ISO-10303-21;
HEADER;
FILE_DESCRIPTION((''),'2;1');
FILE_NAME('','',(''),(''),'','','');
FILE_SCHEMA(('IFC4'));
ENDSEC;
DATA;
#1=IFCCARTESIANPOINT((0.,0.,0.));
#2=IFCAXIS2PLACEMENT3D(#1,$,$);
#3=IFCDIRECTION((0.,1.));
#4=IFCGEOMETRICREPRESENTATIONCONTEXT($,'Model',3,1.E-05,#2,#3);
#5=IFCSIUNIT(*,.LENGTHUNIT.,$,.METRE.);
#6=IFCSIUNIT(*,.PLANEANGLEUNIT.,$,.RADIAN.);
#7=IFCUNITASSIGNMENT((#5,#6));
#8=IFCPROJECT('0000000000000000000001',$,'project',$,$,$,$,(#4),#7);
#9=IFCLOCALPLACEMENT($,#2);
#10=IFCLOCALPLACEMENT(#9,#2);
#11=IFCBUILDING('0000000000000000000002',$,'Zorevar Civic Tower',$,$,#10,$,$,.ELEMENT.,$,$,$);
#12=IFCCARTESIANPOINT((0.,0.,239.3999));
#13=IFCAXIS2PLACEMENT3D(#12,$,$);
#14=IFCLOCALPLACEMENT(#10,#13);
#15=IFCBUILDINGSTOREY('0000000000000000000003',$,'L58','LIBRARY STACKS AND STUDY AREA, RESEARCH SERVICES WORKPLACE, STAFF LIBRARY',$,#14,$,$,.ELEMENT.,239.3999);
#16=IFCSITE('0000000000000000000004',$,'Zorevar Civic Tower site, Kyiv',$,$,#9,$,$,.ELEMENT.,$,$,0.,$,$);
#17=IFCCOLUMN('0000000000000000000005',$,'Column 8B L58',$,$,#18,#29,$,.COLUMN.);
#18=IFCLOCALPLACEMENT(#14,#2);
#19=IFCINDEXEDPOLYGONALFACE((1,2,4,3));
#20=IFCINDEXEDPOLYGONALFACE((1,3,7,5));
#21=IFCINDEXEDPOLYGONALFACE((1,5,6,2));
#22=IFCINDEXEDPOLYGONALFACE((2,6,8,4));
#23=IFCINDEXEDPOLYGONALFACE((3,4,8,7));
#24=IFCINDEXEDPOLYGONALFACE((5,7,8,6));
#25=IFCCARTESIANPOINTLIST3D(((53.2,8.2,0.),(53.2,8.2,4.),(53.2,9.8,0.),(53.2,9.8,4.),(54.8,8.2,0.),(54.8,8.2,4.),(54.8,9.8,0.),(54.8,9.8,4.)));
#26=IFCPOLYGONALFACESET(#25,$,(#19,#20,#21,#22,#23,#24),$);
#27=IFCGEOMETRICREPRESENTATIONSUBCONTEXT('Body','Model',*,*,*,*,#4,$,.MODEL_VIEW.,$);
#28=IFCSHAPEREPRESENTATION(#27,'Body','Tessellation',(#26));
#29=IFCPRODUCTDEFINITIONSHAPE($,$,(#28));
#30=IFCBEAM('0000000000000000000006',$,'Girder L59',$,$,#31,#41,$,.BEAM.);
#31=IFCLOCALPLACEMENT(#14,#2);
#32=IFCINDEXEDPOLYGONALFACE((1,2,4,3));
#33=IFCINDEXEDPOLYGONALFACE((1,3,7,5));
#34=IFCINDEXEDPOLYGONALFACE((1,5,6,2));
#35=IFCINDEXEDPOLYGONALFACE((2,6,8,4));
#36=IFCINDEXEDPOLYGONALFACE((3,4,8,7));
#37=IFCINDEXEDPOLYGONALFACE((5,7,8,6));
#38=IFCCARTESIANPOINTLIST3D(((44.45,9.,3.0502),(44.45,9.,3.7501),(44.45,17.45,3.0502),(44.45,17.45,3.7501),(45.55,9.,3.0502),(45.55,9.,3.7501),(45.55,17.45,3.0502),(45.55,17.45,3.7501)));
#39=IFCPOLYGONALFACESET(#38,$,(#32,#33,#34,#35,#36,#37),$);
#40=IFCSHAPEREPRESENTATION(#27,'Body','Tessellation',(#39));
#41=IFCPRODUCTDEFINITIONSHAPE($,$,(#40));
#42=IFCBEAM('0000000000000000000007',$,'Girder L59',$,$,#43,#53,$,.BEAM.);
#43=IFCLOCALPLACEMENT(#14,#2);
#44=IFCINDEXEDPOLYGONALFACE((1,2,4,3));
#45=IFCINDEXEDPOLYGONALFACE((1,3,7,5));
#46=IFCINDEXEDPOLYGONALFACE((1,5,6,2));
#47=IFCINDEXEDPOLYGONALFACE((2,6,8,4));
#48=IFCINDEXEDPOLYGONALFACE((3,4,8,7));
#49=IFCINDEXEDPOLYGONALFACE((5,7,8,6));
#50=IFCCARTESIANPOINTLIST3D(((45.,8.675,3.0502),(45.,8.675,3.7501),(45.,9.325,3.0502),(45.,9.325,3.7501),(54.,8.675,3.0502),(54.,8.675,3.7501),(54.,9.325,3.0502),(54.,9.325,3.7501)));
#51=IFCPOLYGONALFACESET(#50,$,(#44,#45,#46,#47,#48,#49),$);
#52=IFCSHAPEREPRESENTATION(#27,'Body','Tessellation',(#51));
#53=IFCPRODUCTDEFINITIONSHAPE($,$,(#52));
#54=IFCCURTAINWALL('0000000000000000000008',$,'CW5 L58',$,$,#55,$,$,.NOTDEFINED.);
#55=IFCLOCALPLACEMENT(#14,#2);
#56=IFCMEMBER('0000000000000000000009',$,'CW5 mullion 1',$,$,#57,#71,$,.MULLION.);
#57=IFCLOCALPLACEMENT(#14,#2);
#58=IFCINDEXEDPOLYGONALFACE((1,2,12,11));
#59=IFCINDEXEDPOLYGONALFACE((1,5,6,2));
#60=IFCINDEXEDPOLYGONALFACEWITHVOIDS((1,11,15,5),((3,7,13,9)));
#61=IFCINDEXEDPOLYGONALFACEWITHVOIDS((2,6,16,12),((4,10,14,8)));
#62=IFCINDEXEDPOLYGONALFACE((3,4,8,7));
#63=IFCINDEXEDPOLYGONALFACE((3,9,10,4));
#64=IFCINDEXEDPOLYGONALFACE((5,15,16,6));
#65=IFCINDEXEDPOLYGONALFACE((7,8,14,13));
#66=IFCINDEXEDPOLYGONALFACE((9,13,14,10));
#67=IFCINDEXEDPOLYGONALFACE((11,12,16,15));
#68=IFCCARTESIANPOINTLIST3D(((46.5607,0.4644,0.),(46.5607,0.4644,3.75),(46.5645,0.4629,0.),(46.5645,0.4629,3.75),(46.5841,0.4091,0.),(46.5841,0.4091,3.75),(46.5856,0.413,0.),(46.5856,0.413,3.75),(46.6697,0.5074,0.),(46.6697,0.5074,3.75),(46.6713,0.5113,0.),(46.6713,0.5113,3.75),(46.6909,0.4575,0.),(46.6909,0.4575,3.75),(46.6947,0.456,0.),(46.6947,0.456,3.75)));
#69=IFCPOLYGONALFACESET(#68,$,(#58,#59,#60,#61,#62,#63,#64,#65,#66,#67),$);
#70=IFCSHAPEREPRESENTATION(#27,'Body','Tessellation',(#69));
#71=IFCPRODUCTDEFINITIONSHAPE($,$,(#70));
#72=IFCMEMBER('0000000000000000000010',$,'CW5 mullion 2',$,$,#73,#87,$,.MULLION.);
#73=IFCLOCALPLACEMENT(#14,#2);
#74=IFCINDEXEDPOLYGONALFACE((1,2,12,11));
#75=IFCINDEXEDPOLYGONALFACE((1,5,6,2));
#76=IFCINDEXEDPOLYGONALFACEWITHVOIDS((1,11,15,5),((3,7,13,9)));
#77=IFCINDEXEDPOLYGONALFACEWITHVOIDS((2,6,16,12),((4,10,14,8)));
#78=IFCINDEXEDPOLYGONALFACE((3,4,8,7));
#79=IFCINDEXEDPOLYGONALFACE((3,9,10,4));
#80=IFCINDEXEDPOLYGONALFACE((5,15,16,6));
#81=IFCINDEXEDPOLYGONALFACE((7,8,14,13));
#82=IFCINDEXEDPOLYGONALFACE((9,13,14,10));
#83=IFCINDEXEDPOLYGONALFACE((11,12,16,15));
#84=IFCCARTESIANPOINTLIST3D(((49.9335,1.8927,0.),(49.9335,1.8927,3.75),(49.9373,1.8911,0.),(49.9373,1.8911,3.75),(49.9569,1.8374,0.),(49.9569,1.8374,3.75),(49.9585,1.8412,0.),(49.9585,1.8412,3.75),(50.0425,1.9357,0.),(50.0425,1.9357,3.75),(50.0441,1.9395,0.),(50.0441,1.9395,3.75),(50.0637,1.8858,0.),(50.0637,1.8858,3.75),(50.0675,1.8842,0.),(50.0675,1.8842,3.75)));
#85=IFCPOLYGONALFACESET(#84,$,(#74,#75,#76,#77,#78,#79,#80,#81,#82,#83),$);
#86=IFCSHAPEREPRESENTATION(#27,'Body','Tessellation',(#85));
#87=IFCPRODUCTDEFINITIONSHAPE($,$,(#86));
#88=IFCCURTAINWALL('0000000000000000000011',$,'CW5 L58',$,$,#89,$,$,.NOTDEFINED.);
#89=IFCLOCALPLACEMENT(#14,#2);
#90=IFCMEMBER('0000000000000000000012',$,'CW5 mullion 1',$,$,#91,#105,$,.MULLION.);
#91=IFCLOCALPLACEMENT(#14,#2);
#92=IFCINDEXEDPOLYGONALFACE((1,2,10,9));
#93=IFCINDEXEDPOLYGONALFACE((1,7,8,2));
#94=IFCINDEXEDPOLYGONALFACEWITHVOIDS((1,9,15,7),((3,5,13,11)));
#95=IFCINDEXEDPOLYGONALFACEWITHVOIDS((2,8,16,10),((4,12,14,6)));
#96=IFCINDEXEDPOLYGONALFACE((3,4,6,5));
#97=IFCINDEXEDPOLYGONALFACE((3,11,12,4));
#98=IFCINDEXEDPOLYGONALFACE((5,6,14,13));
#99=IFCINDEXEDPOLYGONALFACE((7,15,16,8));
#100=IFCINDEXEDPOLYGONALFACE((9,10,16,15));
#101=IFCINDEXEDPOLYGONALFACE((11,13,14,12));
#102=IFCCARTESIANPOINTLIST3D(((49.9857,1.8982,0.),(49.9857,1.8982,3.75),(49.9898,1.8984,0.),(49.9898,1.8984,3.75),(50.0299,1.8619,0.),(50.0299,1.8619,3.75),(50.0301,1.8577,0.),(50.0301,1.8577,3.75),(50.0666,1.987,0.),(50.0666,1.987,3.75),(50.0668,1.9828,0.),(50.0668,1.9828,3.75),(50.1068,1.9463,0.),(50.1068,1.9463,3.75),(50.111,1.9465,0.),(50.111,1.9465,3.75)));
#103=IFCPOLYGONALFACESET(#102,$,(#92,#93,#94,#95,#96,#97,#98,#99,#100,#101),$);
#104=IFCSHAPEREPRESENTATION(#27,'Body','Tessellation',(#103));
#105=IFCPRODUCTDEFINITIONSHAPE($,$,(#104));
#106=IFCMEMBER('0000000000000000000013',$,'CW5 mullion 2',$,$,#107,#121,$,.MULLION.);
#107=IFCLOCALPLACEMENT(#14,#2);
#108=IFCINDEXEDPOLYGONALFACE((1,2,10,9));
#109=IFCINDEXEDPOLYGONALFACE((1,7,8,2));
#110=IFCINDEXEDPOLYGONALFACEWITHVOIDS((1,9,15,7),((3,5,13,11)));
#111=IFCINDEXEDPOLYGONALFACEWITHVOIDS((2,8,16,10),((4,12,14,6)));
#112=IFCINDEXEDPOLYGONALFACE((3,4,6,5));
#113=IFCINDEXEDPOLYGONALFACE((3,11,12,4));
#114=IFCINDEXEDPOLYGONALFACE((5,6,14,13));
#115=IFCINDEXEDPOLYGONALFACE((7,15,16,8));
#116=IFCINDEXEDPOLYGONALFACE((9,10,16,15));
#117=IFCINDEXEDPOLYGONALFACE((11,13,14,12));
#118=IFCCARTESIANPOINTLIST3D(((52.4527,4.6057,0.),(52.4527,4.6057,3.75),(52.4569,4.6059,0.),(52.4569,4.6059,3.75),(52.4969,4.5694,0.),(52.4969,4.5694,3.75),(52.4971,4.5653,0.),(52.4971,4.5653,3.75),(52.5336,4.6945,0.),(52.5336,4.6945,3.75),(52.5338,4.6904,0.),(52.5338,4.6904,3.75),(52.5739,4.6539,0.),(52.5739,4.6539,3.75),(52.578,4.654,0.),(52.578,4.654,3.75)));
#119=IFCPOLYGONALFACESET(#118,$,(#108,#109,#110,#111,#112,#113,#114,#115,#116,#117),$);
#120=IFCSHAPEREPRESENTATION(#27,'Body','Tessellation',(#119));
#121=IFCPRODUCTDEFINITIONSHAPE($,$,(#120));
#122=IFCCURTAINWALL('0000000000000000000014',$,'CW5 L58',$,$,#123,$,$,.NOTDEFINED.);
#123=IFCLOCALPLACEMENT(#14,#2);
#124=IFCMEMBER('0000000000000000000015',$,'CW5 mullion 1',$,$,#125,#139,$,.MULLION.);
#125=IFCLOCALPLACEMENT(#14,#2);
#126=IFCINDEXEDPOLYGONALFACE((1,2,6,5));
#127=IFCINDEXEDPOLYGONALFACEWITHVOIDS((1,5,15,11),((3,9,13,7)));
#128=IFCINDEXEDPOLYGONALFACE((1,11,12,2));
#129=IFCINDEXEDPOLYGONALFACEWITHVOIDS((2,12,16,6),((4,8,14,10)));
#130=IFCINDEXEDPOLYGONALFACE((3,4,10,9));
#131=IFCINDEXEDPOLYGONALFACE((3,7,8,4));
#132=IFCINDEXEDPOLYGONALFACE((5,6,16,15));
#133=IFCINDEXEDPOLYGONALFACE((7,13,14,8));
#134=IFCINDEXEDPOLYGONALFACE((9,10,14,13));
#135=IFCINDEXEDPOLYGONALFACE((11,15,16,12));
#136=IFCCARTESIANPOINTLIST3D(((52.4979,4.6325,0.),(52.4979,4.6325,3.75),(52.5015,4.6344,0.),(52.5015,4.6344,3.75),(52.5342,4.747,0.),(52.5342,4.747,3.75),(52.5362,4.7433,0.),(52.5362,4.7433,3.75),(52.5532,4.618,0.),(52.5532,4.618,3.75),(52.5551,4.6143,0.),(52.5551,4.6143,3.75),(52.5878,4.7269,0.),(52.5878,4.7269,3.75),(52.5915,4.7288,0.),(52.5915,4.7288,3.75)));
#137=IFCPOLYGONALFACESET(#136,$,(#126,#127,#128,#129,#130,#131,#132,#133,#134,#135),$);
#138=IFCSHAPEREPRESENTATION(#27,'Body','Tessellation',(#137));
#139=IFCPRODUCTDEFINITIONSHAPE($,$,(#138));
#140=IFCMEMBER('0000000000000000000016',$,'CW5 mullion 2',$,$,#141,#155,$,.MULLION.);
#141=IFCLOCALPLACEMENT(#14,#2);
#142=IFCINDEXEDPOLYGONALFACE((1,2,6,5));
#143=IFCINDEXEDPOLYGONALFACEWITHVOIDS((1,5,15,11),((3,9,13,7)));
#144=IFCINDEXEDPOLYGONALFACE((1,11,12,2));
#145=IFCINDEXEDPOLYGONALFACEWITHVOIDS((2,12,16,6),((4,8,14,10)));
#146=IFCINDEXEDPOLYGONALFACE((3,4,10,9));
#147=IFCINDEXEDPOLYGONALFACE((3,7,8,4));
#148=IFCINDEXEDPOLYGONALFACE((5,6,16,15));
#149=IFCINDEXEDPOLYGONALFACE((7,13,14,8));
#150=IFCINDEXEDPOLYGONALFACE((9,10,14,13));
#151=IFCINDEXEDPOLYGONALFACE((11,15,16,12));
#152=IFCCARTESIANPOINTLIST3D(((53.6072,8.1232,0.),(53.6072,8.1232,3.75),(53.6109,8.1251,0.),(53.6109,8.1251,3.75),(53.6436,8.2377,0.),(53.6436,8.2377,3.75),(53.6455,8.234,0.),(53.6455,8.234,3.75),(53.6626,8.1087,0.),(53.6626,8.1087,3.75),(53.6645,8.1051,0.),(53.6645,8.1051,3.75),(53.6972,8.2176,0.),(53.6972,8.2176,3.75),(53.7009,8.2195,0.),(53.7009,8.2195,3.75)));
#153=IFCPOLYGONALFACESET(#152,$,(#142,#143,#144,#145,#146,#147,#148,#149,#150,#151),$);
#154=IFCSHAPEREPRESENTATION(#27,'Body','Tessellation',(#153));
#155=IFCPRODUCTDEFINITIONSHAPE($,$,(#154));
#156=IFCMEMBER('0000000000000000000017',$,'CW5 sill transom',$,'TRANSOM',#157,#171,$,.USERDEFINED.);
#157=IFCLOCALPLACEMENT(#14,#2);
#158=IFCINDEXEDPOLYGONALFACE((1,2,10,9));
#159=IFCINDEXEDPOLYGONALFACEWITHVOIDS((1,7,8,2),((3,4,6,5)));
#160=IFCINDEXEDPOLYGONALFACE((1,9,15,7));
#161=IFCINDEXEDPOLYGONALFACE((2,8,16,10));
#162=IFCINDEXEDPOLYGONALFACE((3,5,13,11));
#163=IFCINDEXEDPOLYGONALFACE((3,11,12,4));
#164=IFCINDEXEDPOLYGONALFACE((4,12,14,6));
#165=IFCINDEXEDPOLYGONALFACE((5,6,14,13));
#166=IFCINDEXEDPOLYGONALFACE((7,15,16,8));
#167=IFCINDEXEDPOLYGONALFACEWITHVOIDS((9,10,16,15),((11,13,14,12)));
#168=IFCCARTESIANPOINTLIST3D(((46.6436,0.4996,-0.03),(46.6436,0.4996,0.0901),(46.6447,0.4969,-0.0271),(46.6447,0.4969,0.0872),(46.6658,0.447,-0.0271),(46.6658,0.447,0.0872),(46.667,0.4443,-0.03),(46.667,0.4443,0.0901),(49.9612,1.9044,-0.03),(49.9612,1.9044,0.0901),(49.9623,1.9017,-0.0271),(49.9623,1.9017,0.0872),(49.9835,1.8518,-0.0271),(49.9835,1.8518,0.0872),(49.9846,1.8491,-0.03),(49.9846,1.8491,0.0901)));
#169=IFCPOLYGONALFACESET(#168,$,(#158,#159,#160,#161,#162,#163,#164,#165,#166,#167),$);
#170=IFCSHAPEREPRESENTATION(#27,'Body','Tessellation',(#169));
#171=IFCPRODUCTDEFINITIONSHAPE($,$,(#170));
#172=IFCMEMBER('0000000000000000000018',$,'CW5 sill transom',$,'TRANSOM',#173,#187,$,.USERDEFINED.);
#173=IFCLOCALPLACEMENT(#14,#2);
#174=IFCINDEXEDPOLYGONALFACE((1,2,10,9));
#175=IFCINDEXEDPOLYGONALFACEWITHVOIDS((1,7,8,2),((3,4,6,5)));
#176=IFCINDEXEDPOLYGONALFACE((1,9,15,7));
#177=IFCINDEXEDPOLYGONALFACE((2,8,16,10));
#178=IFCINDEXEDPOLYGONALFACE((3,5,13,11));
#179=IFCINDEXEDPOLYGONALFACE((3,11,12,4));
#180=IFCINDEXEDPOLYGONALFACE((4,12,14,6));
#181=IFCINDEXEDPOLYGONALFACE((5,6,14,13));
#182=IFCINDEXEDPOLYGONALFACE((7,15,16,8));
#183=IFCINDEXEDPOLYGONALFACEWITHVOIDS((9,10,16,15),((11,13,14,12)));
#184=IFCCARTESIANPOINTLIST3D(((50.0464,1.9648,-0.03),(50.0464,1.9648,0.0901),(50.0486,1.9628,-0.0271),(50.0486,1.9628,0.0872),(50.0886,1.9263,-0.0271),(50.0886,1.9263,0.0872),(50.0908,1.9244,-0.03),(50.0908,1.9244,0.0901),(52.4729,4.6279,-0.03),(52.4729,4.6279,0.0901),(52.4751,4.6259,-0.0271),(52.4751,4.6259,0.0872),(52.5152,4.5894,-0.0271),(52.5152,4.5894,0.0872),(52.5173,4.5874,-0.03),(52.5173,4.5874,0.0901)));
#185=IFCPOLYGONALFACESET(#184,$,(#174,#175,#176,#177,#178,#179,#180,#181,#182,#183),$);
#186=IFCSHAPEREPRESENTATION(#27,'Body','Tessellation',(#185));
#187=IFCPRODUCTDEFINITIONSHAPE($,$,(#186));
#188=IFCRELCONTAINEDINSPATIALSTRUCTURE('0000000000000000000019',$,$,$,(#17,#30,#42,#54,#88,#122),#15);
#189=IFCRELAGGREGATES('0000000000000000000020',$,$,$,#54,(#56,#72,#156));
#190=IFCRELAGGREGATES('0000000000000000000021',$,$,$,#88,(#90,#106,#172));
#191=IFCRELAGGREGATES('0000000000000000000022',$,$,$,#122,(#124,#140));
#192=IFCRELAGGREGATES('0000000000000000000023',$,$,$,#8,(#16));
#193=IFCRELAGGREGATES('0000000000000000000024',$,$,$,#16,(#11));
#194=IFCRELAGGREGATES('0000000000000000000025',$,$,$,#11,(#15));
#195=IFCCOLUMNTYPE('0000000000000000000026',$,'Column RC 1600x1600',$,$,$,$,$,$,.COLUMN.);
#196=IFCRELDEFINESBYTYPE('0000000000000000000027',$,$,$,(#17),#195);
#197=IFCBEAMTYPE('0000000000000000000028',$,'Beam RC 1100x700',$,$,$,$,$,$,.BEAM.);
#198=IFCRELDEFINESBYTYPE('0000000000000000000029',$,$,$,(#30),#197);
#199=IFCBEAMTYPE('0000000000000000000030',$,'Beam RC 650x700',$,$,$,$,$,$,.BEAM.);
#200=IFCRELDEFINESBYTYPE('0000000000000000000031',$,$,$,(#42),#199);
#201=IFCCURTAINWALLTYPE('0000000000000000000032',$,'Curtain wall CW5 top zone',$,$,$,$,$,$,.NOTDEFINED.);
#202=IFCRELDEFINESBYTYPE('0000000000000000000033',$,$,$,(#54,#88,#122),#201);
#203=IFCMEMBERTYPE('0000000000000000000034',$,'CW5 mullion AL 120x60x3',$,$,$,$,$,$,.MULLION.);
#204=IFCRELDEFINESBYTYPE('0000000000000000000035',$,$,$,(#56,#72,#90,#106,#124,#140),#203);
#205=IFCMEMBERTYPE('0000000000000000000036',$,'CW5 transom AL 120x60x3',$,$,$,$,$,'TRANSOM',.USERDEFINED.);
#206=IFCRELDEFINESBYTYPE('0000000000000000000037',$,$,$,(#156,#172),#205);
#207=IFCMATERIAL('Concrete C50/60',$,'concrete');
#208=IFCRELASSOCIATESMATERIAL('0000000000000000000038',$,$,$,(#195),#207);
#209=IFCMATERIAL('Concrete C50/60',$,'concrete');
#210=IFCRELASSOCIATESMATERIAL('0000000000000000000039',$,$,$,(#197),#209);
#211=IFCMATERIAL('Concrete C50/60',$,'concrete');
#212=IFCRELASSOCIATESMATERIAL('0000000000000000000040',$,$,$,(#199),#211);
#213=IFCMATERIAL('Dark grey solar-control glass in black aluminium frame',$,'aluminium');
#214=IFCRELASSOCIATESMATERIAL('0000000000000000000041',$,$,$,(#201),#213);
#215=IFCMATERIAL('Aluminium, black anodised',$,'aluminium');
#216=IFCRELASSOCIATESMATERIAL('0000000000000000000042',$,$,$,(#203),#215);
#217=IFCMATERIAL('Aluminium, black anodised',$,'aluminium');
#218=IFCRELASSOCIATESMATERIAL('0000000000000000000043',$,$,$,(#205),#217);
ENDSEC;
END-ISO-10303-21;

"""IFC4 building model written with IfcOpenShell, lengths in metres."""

from ifc_helpers import new_model, si_unit, direction, frame, origin, origin_2d, place, context, subcontext, project, spatial, rectangle, hollow_rectangle, extrude, material, material_profile, profile_set, type_object, element, aggregate, save


model = new_model("IFC4")

# Units and contexts
model_context = context("Model", 3, precision=1e-05, world=origin(), true_north=direction((0.0, 1.0)))
body_context = subcontext(model_context, "Body", "Model", "MODEL_VIEW")
ifc_project = project(units=[si_unit("LENGTHUNIT", "METRE"), si_unit("PLANEANGLEUNIT", "RADIAN")], contexts=[model_context])

# Site, building, storey
site_placement = place(None, origin())
site = spatial("IfcSite", under=ifc_project, at=site_placement, Name="Zorevar Civic Tower site, Kyiv", CompositionType="ELEMENT", RefElevation=0.0)
building_placement = place(site_placement, origin())
building = spatial("IfcBuilding", under=site, at=building_placement, Name="Zorevar Civic Tower", CompositionType="ELEMENT")
storey_placement = place(building_placement, frame((0.0, 0.0, 239.3999)))
storey = spatial("IfcBuildingStorey", under=building, at=storey_placement, Name="L58", Description="LIBRARY STACKS AND STUDY AREA, RESEARCH SERVICES WORKPLACE, STAFF LIBRARY", CompositionType="ELEMENT", Elevation=239.3999)

# Column
ifc_material_1 = material(Name="Concrete C50/60", Category="concrete")
ifc_material_profile_1 = material_profile(ifc_material_1, rectangle(XDim=1.6001, YDim=1.6001, at=origin_2d()), Name="RC 1600x1600")
ifc_profile_set_1 = profile_set([ifc_material_profile_1], Name="Concrete C50/60")
column_type = type_object("IfcColumnType", Name="Column RC 1600x1600", PredefinedType="COLUMN", material=ifc_profile_set_1)
column_placement = place(storey_placement, frame((54.0, 9.0, 0.0), z_axis=(0.0, 0.0, 1.0), x_axis=(1.0, 0.0, 0.0)))
element("IfcColumn", 1, at=column_placement, inside=storey, type_object=column_type, Name="Column 8B L58", PredefinedType="COLUMN", context=body_context, shape_type="SweptSolid", body=[
    extrude(rectangle(XDim=1.6001, YDim=1.6001, at=origin_2d()), origin(), (0.0, 0.0, 1.0), 4.0),
])

# Beams
ifc_material_2 = material(Name="Concrete C50/60", Category="concrete")
ifc_material_profile_2 = material_profile(ifc_material_2, rectangle(XDim=1.1001, YDim=0.7, at=origin_2d()), Name="RC 1100x700")
ifc_profile_set_2 = profile_set([ifc_material_profile_2], Name="Concrete C50/60")
beam_type_1 = type_object("IfcBeamType", Name="Beam RC 1100x700", PredefinedType="BEAM", material=ifc_profile_set_2)
beam_1_placement = place(storey_placement, frame((45.0, 9.0, 3.4001), z_axis=(0.0, 1.0, 0.0), x_axis=(-1.0, 0.0, 0.0)))
element("IfcBeam", 2, at=beam_1_placement, inside=storey, type_object=beam_type_1, Name="Girder L59", PredefinedType="BEAM", context=body_context, shape_type="SweptSolid", body=[
    extrude(rectangle(XDim=1.1001, YDim=0.7, at=origin_2d()), origin(), (0.0, 0.0, 1.0), 8.45),
])
ifc_material_3 = material(Name="Concrete C50/60", Category="concrete")
ifc_material_profile_3 = material_profile(ifc_material_3, rectangle(XDim=0.6499, YDim=0.7, at=origin_2d()), Name="RC 650x700")
ifc_profile_set_3 = profile_set([ifc_material_profile_3], Name="Concrete C50/60")
beam_type_2 = type_object("IfcBeamType", Name="Beam RC 650x700", PredefinedType="BEAM", material=ifc_profile_set_3)
beam_2_placement = place(storey_placement, frame((45.0, 9.0, 3.4001), z_axis=(1.0, 0.0, 0.0), x_axis=(0.0, 1.0, 0.0)))
element("IfcBeam", 3, at=beam_2_placement, inside=storey, type_object=beam_type_2, Name="Girder L59", PredefinedType="BEAM", context=body_context, shape_type="SweptSolid", body=[
    extrude(rectangle(XDim=0.6499, YDim=0.7, at=origin_2d()), origin(), (0.0, 0.0, 1.0), 9.0),
])

# Curtain walls, members
ifc_material_4 = material(Name="Dark grey solar-control glass in black aluminium frame", Category="aluminium")
curtain_wall_type = type_object("IfcCurtainWallType", Name="Curtain wall CW5 top zone", PredefinedType="NOTDEFINED", material=ifc_material_4)
curtain_wall_1_placement = place(storey_placement, origin())
curtain_wall_1 = element("IfcCurtainWall", 4, at=curtain_wall_1_placement, inside=storey, type_object=curtain_wall_type, Name="CW5 L58", PredefinedType="NOTDEFINED")
ifc_material_5 = material(Name="Aluminium, black anodised", Category="aluminium")
ifc_material_profile_4 = material_profile(ifc_material_5, hollow_rectangle(XDim=0.0601, YDim=0.1201, WallThickness=0.0029, at=origin_2d()), Name="AL 120x60x3")
ifc_profile_set_4 = profile_set([ifc_material_profile_4], Name="Aluminium, black anodised")
member_type_1 = type_object("IfcMemberType", Name="CW5 mullion AL 120x60x3", PredefinedType="MULLION", material=ifc_profile_set_4)
member_1_placement = place(storey_placement, frame((46.6277, 0.4602, 0.0), z_axis=(0.0, 0.0, 1.0), x_axis=(-0.389965, 0.92083, 0.0)))
member_1 = element("IfcMember", 5, at=member_1_placement, type_object=member_type_1, Name="CW5 mullion 1", PredefinedType="MULLION", context=body_context, shape_type="SweptSolid", body=[
    extrude(hollow_rectangle(XDim=0.0601, YDim=0.1201, WallThickness=0.0029, at=origin_2d()), origin(), (0.0, 0.0, 1.0), 3.75),
])
member_2_placement = place(storey_placement, frame((50.0005, 1.8884, 0.0), z_axis=(0.0, 0.0, 1.0), x_axis=(-0.389965, 0.92083, 0.0)))
member_2 = element("IfcMember", 6, at=member_2_placement, type_object=member_type_1, Name="CW5 mullion 2", PredefinedType="MULLION", context=body_context, shape_type="SweptSolid", body=[
    extrude(hollow_rectangle(XDim=0.0601, YDim=0.1201, WallThickness=0.0029, at=origin_2d()), origin(), (0.0, 0.0, 1.0), 3.75),
])
curtain_wall_2_placement = place(storey_placement, origin())
curtain_wall_2 = element("IfcCurtainWall", 7, at=curtain_wall_2_placement, inside=storey, type_object=curtain_wall_type, Name="CW5 L58", PredefinedType="NOTDEFINED")
member_3_placement = place(storey_placement, frame((50.0483, 1.9224, 0.0), z_axis=(0.0, 0.0, 1.0), x_axis=(-0.739157, 0.673533, 0.0)))
member_3 = element("IfcMember", 8, at=member_3_placement, type_object=member_type_1, Name="CW5 mullion 1", PredefinedType="MULLION", context=body_context, shape_type="SweptSolid", body=[
    extrude(hollow_rectangle(XDim=0.0601, YDim=0.1201, WallThickness=0.0029, at=origin_2d()), origin(), (0.0, 0.0, 1.0), 3.75),
])
member_4_placement = place(storey_placement, frame((52.5154, 4.6299, 0.0), z_axis=(0.0, 0.0, 1.0), x_axis=(-0.739157, 0.673533, 0.0)))
member_4 = element("IfcMember", 9, at=member_4_placement, type_object=member_type_1, Name="CW5 mullion 2", PredefinedType="MULLION", context=body_context, shape_type="SweptSolid", body=[
    extrude(hollow_rectangle(XDim=0.0601, YDim=0.1201, WallThickness=0.0029, at=origin_2d()), origin(), (0.0, 0.0, 1.0), 3.75),
])
curtain_wall_3_placement = place(storey_placement, origin())
curtain_wall_3 = element("IfcCurtainWall", 10, at=curtain_wall_3_placement, inside=storey, type_object=curtain_wall_type, Name="CW5 L58", PredefinedType="NOTDEFINED")
member_5_placement = place(storey_placement, frame((52.5447, 4.6807, 0.0), z_axis=(0.0, 0.0, 1.0), x_axis=(-0.953035, 0.302859, 0.0)))
member_5 = element("IfcMember", 11, at=member_5_placement, type_object=member_type_1, Name="CW5 mullion 1", PredefinedType="MULLION", context=body_context, shape_type="SweptSolid", body=[
    extrude(hollow_rectangle(XDim=0.0601, YDim=0.1201, WallThickness=0.0029, at=origin_2d()), origin(), (0.0, 0.0, 1.0), 3.75),
])
member_6_placement = place(storey_placement, frame((53.6541, 8.1714, 0.0), z_axis=(0.0, 0.0, 1.0), x_axis=(-0.953035, 0.302859, 0.0)))
member_6 = element("IfcMember", 12, at=member_6_placement, type_object=member_type_1, Name="CW5 mullion 2", PredefinedType="MULLION", context=body_context, shape_type="SweptSolid", body=[
    extrude(hollow_rectangle(XDim=0.0601, YDim=0.1201, WallThickness=0.0029, at=origin_2d()), origin(), (0.0, 0.0, 1.0), 3.75),
])

# Members
ifc_material_6 = material(Name="Aluminium, black anodised", Category="aluminium")
ifc_material_profile_5 = material_profile(ifc_material_6, hollow_rectangle(XDim=0.0601, YDim=0.1201, WallThickness=0.0029, at=origin_2d()), Name="AL 120x60x3")
ifc_profile_set_5 = profile_set([ifc_material_profile_5], Name="Aluminium, black anodised")
member_type_2 = type_object("IfcMemberType", Name="CW5 transom AL 120x60x3", ElementType="TRANSOM", PredefinedType="USERDEFINED", material=ifc_profile_set_5)
member_7_placement = place(storey_placement, frame((46.6553, 0.4719, 0.03), z_axis=(0.92085, 0.389916, 0.0), x_axis=(-0.389916, 0.92085, 0.0)))
member_7 = element("IfcMember", 13, at=member_7_placement, type_object=member_type_2, Name="CW5 sill transom", ObjectType="TRANSOM", PredefinedType="USERDEFINED", context=body_context, shape_type="SweptSolid", body=[
    extrude(hollow_rectangle(XDim=0.0601, YDim=0.1201, WallThickness=0.0029, at=origin_2d()), origin(), (0.0, 0.0, 1.0), 3.6028),
])
member_8_placement = place(storey_placement, frame((50.0686, 1.9446, 0.03), z_axis=(0.673512, 0.739176, 0.0), x_axis=(-0.739176, 0.673512, 0.0)))
member_8 = element("IfcMember", 14, at=member_8_placement, type_object=member_type_2, Name="CW5 sill transom", ObjectType="TRANSOM", PredefinedType="USERDEFINED", context=body_context, shape_type="SweptSolid", body=[
    extrude(hollow_rectangle(XDim=0.0601, YDim=0.1201, WallThickness=0.0029, at=origin_2d()), origin(), (0.0, 0.0, 1.0), 3.6028),
])

aggregate(curtain_wall_1, [member_1, member_2, member_7])
aggregate(curtain_wall_2, [member_3, member_4, member_8])
aggregate(curtain_wall_3, [member_5, member_6])

save(model, "model.ifc")
